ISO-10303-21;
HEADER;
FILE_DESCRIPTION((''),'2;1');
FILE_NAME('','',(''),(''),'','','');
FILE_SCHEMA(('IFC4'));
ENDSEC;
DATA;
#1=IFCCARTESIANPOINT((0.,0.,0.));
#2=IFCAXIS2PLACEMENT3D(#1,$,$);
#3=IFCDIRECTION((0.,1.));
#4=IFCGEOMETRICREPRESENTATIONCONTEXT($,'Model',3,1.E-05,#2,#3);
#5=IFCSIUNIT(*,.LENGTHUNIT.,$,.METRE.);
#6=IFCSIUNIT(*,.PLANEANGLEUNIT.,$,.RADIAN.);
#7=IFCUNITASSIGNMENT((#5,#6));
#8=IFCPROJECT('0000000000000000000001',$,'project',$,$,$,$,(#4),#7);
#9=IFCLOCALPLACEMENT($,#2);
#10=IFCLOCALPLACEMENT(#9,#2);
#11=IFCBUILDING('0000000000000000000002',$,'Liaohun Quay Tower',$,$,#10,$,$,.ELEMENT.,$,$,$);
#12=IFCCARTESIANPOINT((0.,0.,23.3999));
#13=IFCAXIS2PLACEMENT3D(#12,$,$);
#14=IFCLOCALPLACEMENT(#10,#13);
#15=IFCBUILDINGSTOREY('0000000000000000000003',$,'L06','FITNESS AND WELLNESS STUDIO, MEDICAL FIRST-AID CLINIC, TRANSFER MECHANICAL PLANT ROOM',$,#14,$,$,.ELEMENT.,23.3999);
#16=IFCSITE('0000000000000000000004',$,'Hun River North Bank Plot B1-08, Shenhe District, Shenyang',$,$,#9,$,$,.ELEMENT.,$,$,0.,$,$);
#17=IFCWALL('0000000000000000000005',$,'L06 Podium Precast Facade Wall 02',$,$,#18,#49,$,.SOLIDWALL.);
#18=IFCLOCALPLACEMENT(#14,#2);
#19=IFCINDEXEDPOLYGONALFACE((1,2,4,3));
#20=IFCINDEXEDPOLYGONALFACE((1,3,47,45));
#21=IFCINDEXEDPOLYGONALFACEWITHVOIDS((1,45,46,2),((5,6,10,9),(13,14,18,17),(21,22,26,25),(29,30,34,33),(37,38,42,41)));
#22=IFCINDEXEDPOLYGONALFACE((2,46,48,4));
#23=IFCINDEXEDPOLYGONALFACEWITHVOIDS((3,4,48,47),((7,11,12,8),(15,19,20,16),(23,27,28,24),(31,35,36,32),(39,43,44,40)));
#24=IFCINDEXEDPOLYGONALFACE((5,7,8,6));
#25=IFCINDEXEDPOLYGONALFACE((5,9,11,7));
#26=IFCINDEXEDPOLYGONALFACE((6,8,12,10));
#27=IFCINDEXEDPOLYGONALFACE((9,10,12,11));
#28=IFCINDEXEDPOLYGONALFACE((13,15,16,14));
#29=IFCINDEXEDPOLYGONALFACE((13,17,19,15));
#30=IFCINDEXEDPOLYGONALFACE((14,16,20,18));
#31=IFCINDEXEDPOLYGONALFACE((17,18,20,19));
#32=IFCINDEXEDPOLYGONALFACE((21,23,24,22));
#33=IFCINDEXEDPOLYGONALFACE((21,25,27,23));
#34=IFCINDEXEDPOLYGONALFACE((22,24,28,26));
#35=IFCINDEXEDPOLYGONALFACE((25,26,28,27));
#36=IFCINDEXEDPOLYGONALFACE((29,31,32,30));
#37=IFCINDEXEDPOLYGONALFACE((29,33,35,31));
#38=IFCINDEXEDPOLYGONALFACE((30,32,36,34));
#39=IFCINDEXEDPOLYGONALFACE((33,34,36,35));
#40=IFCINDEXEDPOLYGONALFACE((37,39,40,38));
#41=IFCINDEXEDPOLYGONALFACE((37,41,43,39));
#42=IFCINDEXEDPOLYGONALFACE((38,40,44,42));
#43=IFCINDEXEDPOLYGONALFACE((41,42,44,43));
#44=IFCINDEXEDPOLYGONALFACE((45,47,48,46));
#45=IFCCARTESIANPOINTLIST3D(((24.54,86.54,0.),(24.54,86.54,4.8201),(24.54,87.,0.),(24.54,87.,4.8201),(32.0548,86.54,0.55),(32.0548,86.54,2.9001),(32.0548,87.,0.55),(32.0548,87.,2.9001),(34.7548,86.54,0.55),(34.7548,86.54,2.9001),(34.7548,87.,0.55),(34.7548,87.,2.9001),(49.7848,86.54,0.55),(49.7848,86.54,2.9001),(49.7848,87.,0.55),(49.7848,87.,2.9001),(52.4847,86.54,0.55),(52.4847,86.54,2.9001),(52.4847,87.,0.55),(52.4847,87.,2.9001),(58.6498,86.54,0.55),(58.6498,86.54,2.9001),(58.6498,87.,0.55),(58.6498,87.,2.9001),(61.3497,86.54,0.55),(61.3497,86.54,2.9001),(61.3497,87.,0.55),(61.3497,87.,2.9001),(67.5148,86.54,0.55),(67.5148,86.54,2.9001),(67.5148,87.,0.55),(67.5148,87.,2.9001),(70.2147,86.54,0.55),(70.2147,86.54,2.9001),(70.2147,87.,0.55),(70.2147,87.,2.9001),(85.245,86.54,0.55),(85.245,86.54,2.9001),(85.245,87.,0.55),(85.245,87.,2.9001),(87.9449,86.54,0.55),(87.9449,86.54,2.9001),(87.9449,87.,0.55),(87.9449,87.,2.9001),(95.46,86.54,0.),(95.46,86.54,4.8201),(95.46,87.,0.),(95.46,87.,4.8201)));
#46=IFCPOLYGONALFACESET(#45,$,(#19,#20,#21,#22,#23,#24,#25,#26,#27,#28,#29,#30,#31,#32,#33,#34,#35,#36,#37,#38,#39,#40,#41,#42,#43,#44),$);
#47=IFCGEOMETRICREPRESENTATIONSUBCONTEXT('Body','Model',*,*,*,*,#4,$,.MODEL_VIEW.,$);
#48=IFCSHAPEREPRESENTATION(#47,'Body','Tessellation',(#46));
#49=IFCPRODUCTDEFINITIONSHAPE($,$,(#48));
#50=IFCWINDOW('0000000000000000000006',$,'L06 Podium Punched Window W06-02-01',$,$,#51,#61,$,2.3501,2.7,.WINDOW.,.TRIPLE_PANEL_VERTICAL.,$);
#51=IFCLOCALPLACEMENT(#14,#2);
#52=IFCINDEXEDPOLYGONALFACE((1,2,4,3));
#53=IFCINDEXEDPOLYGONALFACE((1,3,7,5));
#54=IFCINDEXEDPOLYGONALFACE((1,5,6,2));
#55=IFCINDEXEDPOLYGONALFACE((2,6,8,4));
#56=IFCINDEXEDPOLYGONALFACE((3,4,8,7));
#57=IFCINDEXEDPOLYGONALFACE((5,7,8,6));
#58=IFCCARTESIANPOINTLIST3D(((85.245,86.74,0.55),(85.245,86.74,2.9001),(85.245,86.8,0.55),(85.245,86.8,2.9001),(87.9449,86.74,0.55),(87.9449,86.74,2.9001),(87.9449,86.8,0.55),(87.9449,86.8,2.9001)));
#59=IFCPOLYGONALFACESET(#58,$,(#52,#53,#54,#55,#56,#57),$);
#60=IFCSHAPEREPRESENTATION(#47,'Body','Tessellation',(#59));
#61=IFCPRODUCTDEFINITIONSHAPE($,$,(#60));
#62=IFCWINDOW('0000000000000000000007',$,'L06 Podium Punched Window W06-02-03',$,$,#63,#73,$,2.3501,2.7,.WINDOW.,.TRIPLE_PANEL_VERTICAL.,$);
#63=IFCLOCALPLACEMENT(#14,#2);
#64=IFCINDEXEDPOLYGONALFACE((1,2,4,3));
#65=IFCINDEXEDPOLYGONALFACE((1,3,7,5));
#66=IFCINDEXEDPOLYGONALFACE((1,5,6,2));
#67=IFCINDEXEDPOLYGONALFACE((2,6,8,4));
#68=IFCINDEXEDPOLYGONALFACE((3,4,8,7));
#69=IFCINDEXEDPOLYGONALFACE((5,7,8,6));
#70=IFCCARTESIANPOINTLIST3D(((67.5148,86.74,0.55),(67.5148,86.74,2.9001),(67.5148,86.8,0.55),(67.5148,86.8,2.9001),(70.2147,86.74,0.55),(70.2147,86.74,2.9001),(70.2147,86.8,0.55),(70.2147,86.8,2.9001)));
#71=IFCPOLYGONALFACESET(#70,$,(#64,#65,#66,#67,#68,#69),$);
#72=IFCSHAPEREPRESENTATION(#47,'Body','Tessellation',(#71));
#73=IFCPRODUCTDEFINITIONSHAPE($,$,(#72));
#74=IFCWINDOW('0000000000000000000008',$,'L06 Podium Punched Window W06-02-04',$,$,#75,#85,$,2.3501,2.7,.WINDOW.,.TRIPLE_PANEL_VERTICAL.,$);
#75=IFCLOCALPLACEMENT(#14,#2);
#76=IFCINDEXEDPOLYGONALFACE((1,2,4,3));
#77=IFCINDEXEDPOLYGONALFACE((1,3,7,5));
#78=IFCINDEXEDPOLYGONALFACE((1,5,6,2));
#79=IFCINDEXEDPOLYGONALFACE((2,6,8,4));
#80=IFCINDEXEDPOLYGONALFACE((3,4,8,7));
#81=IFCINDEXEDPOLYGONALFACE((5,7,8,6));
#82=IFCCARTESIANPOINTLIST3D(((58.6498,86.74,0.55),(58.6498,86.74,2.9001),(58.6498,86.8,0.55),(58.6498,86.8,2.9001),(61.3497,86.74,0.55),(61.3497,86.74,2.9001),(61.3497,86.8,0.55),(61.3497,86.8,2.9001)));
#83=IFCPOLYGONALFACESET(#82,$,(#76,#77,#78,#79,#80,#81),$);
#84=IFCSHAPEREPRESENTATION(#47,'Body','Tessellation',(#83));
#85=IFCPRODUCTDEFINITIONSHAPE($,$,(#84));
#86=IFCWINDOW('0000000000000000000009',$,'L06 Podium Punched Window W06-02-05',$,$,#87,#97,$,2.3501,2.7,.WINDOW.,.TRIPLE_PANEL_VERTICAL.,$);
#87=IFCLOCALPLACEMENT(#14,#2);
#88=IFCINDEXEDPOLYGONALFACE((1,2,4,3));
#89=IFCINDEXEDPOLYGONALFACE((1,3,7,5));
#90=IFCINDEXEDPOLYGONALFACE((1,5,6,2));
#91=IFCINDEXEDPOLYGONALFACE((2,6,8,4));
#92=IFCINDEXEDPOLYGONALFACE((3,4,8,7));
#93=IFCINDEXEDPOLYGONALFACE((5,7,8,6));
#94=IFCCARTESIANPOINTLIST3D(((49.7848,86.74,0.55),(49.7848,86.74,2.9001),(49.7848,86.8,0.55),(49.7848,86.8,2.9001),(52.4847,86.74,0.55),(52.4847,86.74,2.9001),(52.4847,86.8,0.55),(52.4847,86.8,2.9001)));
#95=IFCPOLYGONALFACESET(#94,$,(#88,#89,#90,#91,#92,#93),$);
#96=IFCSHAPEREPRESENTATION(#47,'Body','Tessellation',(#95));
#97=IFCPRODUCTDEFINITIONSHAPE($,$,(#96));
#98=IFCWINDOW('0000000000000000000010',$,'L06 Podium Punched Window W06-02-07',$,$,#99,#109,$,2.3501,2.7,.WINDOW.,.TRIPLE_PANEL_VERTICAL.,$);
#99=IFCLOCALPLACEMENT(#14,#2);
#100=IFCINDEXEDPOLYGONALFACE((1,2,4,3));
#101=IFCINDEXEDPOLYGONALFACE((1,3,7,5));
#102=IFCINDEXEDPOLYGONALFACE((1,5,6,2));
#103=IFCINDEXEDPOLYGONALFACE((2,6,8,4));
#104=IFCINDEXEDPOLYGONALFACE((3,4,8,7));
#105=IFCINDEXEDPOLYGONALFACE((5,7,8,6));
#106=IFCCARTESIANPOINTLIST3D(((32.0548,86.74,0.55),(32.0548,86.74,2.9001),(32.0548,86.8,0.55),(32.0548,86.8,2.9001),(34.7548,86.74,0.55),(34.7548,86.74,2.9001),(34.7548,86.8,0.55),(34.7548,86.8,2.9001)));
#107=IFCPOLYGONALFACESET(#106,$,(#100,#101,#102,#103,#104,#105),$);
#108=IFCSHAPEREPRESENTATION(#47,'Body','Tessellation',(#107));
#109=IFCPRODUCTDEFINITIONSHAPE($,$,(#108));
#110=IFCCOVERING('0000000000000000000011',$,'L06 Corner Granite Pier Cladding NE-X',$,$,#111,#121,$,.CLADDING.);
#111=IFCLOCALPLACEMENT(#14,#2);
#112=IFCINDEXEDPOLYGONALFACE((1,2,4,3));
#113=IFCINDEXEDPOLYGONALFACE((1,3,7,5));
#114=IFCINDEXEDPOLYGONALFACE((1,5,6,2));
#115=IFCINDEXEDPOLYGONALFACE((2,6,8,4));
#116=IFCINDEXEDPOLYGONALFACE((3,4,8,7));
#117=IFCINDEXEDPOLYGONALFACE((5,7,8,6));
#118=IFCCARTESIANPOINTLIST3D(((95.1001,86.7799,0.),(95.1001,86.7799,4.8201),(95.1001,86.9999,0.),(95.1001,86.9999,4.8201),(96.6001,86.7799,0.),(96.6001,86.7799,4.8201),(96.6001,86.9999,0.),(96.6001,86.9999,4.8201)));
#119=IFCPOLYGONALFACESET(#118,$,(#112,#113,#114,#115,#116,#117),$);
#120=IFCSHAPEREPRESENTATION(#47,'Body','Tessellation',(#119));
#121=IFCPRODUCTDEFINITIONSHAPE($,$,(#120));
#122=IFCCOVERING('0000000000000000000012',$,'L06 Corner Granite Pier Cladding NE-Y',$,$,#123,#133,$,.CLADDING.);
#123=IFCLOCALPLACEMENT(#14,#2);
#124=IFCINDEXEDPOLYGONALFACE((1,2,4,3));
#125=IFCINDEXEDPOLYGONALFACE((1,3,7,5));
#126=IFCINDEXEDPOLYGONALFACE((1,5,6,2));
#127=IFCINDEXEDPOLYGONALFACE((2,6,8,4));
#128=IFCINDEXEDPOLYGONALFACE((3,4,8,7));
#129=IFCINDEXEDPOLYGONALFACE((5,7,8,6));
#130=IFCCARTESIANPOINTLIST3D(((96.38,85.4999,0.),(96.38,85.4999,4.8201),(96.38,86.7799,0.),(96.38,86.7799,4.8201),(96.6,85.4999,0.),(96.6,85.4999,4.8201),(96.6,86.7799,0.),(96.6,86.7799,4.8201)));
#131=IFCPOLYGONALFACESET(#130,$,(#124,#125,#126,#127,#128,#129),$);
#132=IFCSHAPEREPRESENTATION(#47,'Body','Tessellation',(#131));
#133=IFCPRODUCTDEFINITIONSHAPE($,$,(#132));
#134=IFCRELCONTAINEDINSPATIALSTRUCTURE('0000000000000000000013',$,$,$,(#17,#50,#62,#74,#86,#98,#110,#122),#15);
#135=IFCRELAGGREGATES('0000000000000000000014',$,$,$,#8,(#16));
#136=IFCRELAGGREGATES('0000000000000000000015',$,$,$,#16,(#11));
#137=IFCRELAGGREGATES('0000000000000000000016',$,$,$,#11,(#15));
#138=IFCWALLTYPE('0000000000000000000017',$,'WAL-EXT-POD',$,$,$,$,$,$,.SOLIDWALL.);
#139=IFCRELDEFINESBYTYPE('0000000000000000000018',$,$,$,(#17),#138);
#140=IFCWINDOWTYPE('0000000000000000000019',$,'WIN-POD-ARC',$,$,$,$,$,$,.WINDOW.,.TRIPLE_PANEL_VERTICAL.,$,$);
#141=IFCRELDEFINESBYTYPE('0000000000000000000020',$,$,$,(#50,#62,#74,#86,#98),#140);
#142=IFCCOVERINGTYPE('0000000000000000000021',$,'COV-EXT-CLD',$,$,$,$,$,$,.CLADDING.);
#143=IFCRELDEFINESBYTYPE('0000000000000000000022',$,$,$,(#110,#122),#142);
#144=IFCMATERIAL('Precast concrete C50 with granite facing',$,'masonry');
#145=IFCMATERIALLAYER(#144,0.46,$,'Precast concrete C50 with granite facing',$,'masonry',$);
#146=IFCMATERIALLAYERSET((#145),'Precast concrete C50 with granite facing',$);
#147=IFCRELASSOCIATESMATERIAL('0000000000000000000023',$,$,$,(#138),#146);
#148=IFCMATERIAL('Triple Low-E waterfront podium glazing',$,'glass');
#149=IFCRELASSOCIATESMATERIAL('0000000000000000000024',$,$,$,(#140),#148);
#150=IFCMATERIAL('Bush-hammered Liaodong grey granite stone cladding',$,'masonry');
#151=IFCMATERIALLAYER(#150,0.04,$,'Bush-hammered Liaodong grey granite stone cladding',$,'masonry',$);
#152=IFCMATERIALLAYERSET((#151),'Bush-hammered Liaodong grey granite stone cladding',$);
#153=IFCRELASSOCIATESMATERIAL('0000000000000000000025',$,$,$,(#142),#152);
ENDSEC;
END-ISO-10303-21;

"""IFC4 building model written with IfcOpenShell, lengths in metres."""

from ifc_helpers import new_model, si_unit, direction, frame, frame_2d, origin, origin_2d, place, context, subcontext, project, spatial, rectangle, extrude, source, transform, mapped, material, layer, layer_set, type_object, element, fill, save


model = new_model("IFC4")

# Units and contexts
model_context = context("Model", 3, precision=1e-05, world=origin(), true_north=direction((0.0, 1.0)))
body_context = subcontext(model_context, "Body", "Model", "MODEL_VIEW")
ifc_project = project(units=[si_unit("LENGTHUNIT", "METRE"), si_unit("PLANEANGLEUNIT", "RADIAN")], contexts=[model_context])

# Site, building, storey
site_placement = place(None, origin())
site = spatial("IfcSite", under=ifc_project, at=site_placement, Name="Hun River North Bank Plot B1-08, Shenhe District, Shenyang", CompositionType="ELEMENT", RefElevation=0.0)
building_placement = place(site_placement, origin())
building = spatial("IfcBuilding", under=site, at=building_placement, Name="Liaohun Quay Tower", CompositionType="ELEMENT")
storey_placement = place(building_placement, frame((0.0, 0.0, 23.3999)))
storey = spatial("IfcBuildingStorey", under=building, at=storey_placement, Name="L06", Description="FITNESS AND WELLNESS STUDIO, MEDICAL FIRST-AID CLINIC, TRANSFER MECHANICAL PLANT ROOM", CompositionType="ELEMENT", Elevation=23.3999)

# Wall, openings, windows
ifc_material_1 = material(Name="Precast concrete C50 with granite facing", Category="masonry")
ifc_layer_1 = layer(ifc_material_1, 0.46, Name="Precast concrete C50 with granite facing", Category="masonry")
ifc_layer_set_1 = layer_set([ifc_layer_1], Name="Precast concrete C50 with granite facing")
wall_type = type_object("IfcWallType", Name="WAL-EXT-POD", PredefinedType="SOLIDWALL", material=ifc_layer_set_1)
wall_placement = place(storey_placement, frame((95.46, 86.77, 0.0), z_axis=(0.0, 0.0, 1.0), x_axis=(-1.0, 0.0, 0.0)))
wall = element("IfcWall", 1, at=wall_placement, inside=storey, type_object=wall_type, Name="L06 Podium Precast Facade Wall 02", PredefinedType="SOLIDWALL", context=body_context, shape_type="SweptSolid", body=[
    extrude(rectangle(XDim=70.9199, YDim=0.46, at=frame_2d((35.46, 0.0))), origin(), (0.0, 0.0, 1.0), 4.8201),
])
shared_shape_1 = source(origin(), body_context, "Body", "SweptSolid", [
    extrude(rectangle(XDim=2.7, YDim=2.3501, at=frame_2d((1.3501, 1.175))), frame((0.0, 0.24, 0.0), z_axis=(0.0, -1.0, 0.0), x_axis=(1.0, 0.0, 0.0)), (0.0, 0.0, 1.0), 0.48),
])
opening_1_placement = place(wall_placement, frame((7.5149, 0.0, 0.55)))
opening_1 = element("IfcOpeningElement", 2, at=opening_1_placement, cuts=wall, PredefinedType="OPENING", context=body_context, shape_type="MappedRepresentation", body=[
    mapped(shared_shape_1, transform((0.0, 0.0, 0.0), x_axis=(1.0, 0.0, 0.0), y_axis=(0.0, 1.0, 0.0), z_axis=(0.0, 0.0, 1.0), scale=1.0)),
])
opening_2_placement = place(wall_placement, frame((25.2451, 0.0, 0.55)))
opening_2 = element("IfcOpeningElement", 3, at=opening_2_placement, cuts=wall, PredefinedType="OPENING", context=body_context, shape_type="MappedRepresentation", body=[
    mapped(shared_shape_1, transform((0.0, 0.0, 0.0), x_axis=(1.0, 0.0, 0.0), y_axis=(0.0, 1.0, 0.0), z_axis=(0.0, 0.0, 1.0), scale=1.0)),
])
opening_3_placement = place(wall_placement, frame((34.1101, 0.0, 0.55)))
opening_3 = element("IfcOpeningElement", 4, at=opening_3_placement, cuts=wall, PredefinedType="OPENING", context=body_context, shape_type="MappedRepresentation", body=[
    mapped(shared_shape_1, transform((0.0, 0.0, 0.0), x_axis=(1.0, 0.0, 0.0), y_axis=(0.0, 1.0, 0.0), z_axis=(0.0, 0.0, 1.0), scale=1.0)),
])
opening_4_placement = place(wall_placement, frame((42.9751, 0.0, 0.55)))
opening_4 = element("IfcOpeningElement", 5, at=opening_4_placement, cuts=wall, PredefinedType="OPENING", context=body_context, shape_type="MappedRepresentation", body=[
    mapped(shared_shape_1, transform((0.0, 0.0, 0.0), x_axis=(1.0, 0.0, 0.0), y_axis=(0.0, 1.0, 0.0), z_axis=(0.0, 0.0, 1.0), scale=1.0)),
])
opening_5_placement = place(wall_placement, frame((60.7051, 0.0, 0.55)))
opening_5 = element("IfcOpeningElement", 6, at=opening_5_placement, cuts=wall, PredefinedType="OPENING", context=body_context, shape_type="MappedRepresentation", body=[
    mapped(shared_shape_1, transform((0.0, 0.0, 0.0), x_axis=(1.0, 0.0, 0.0), y_axis=(0.0, 1.0, 0.0), z_axis=(0.0, 0.0, 1.0), scale=1.0)),
])
ifc_material_2 = material(Name="Triple Low-E waterfront podium glazing", Category="glass")
window_type = type_object("IfcWindowType", Name="WIN-POD-ARC", PartitioningType="TRIPLE_PANEL_VERTICAL", PredefinedType="WINDOW", material=ifc_material_2)
shared_shape_2 = source(origin(), body_context, "Body", "SweptSolid", [
    extrude(rectangle(XDim=2.7, YDim=2.3501, at=frame_2d((1.3501, 1.175))), frame((0.0, 0.03, 0.0), z_axis=(0.0, -1.0, 0.0), x_axis=(1.0, 0.0, 0.0)), (0.0, 0.0, 1.0), 0.0601),
])
window_1_placement = place(opening_1_placement, origin())
window_1 = element("IfcWindow", 7, at=window_1_placement, inside=storey, type_object=window_type, Name="L06 Podium Punched Window W06-02-01", OverallHeight=2.3501, OverallWidth=2.7, PartitioningType="TRIPLE_PANEL_VERTICAL", PredefinedType="WINDOW", context=body_context, shape_type="MappedRepresentation", body=[
    mapped(shared_shape_2, transform((0.0, 0.0, 0.0), x_axis=(1.0, 0.0, 0.0), y_axis=(0.0, 1.0, 0.0), z_axis=(0.0, 0.0, 1.0), scale=1.0)),
])
fill(opening_1, window_1)
window_2_placement = place(opening_2_placement, origin())
window_2 = element("IfcWindow", 8, at=window_2_placement, inside=storey, type_object=window_type, Name="L06 Podium Punched Window W06-02-03", OverallHeight=2.3501, OverallWidth=2.7, PartitioningType="TRIPLE_PANEL_VERTICAL", PredefinedType="WINDOW", context=body_context, shape_type="MappedRepresentation", body=[
    mapped(shared_shape_2, transform((0.0, 0.0, 0.0), x_axis=(1.0, 0.0, 0.0), y_axis=(0.0, 1.0, 0.0), z_axis=(0.0, 0.0, 1.0), scale=1.0)),
])
fill(opening_2, window_2)
window_3_placement = place(opening_3_placement, origin())
window_3 = element("IfcWindow", 9, at=window_3_placement, inside=storey, type_object=window_type, Name="L06 Podium Punched Window W06-02-04", OverallHeight=2.3501, OverallWidth=2.7, PartitioningType="TRIPLE_PANEL_VERTICAL", PredefinedType="WINDOW", context=body_context, shape_type="MappedRepresentation", body=[
    mapped(shared_shape_2, transform((0.0, 0.0, 0.0), x_axis=(1.0, 0.0, 0.0), y_axis=(0.0, 1.0, 0.0), z_axis=(0.0, 0.0, 1.0), scale=1.0)),
])
fill(opening_3, window_3)
window_4_placement = place(opening_4_placement, origin())
window_4 = element("IfcWindow", 10, at=window_4_placement, inside=storey, type_object=window_type, Name="L06 Podium Punched Window W06-02-05", OverallHeight=2.3501, OverallWidth=2.7, PartitioningType="TRIPLE_PANEL_VERTICAL", PredefinedType="WINDOW", context=body_context, shape_type="MappedRepresentation", body=[
    mapped(shared_shape_2, transform((0.0, 0.0, 0.0), x_axis=(1.0, 0.0, 0.0), y_axis=(0.0, 1.0, 0.0), z_axis=(0.0, 0.0, 1.0), scale=1.0)),
])
fill(opening_4, window_4)
window_5_placement = place(opening_5_placement, origin())
window_5 = element("IfcWindow", 11, at=window_5_placement, inside=storey, type_object=window_type, Name="L06 Podium Punched Window W06-02-07", OverallHeight=2.3501, OverallWidth=2.7, PartitioningType="TRIPLE_PANEL_VERTICAL", PredefinedType="WINDOW", context=body_context, shape_type="MappedRepresentation", body=[
    mapped(shared_shape_2, transform((0.0, 0.0, 0.0), x_axis=(1.0, 0.0, 0.0), y_axis=(0.0, 1.0, 0.0), z_axis=(0.0, 0.0, 1.0), scale=1.0)),
])
fill(opening_5, window_5)

# Coverings
ifc_material_3 = material(Name="Bush-hammered Liaodong grey granite stone cladding", Category="masonry")
ifc_layer_2 = layer(ifc_material_3, 0.04, Name="Bush-hammered Liaodong grey granite stone cladding", Category="masonry")
ifc_layer_set_2 = layer_set([ifc_layer_2], Name="Bush-hammered Liaodong grey granite stone cladding")
covering_type = type_object("IfcCoveringType", Name="COV-EXT-CLD", PredefinedType="CLADDING", material=ifc_layer_set_2)
shared_shape_3 = source(origin(), body_context, "Body", "SweptSolid", [
    extrude(rectangle(XDim=1.5, YDim=0.22, at=origin_2d()), origin(), (0.0, 0.0, 1.0), 4.8201),
])
covering_1_placement = place(storey_placement, frame((95.8501, 86.8899, 0.0), z_axis=(0.0, 0.0, 1.0), x_axis=(1.0, 0.0, 0.0)))
element("IfcCovering", 12, at=covering_1_placement, inside=storey, type_object=covering_type, Name="L06 Corner Granite Pier Cladding NE-X", PredefinedType="CLADDING", context=body_context, shape_type="MappedRepresentation", body=[
    mapped(shared_shape_3, transform((0.0, 0.0, 0.0), x_axis=(1.0, 0.0, 0.0), y_axis=(0.0, 1.0, 0.0), z_axis=(0.0, 0.0, 1.0), scale=1.0)),
])
shared_shape_4 = source(origin(), body_context, "Body", "SweptSolid", [
    extrude(rectangle(XDim=0.22, YDim=1.28, at=origin_2d()), origin(), (0.0, 0.0, 1.0), 4.8201),
])
covering_2_placement = place(storey_placement, frame((96.49, 86.1399, 0.0), z_axis=(0.0, 0.0, 1.0), x_axis=(1.0, 0.0, 0.0)))
element("IfcCovering", 13, at=covering_2_placement, inside=storey, type_object=covering_type, Name="L06 Corner Granite Pier Cladding NE-Y", PredefinedType="CLADDING", context=body_context, shape_type="MappedRepresentation", body=[
    mapped(shared_shape_4, transform((0.0, 0.0, 0.0), x_axis=(1.0, 0.0, 0.0), y_axis=(0.0, 1.0, 0.0), z_axis=(0.0, 0.0, 1.0), scale=1.0)),
])

save(model, "model.ifc")
